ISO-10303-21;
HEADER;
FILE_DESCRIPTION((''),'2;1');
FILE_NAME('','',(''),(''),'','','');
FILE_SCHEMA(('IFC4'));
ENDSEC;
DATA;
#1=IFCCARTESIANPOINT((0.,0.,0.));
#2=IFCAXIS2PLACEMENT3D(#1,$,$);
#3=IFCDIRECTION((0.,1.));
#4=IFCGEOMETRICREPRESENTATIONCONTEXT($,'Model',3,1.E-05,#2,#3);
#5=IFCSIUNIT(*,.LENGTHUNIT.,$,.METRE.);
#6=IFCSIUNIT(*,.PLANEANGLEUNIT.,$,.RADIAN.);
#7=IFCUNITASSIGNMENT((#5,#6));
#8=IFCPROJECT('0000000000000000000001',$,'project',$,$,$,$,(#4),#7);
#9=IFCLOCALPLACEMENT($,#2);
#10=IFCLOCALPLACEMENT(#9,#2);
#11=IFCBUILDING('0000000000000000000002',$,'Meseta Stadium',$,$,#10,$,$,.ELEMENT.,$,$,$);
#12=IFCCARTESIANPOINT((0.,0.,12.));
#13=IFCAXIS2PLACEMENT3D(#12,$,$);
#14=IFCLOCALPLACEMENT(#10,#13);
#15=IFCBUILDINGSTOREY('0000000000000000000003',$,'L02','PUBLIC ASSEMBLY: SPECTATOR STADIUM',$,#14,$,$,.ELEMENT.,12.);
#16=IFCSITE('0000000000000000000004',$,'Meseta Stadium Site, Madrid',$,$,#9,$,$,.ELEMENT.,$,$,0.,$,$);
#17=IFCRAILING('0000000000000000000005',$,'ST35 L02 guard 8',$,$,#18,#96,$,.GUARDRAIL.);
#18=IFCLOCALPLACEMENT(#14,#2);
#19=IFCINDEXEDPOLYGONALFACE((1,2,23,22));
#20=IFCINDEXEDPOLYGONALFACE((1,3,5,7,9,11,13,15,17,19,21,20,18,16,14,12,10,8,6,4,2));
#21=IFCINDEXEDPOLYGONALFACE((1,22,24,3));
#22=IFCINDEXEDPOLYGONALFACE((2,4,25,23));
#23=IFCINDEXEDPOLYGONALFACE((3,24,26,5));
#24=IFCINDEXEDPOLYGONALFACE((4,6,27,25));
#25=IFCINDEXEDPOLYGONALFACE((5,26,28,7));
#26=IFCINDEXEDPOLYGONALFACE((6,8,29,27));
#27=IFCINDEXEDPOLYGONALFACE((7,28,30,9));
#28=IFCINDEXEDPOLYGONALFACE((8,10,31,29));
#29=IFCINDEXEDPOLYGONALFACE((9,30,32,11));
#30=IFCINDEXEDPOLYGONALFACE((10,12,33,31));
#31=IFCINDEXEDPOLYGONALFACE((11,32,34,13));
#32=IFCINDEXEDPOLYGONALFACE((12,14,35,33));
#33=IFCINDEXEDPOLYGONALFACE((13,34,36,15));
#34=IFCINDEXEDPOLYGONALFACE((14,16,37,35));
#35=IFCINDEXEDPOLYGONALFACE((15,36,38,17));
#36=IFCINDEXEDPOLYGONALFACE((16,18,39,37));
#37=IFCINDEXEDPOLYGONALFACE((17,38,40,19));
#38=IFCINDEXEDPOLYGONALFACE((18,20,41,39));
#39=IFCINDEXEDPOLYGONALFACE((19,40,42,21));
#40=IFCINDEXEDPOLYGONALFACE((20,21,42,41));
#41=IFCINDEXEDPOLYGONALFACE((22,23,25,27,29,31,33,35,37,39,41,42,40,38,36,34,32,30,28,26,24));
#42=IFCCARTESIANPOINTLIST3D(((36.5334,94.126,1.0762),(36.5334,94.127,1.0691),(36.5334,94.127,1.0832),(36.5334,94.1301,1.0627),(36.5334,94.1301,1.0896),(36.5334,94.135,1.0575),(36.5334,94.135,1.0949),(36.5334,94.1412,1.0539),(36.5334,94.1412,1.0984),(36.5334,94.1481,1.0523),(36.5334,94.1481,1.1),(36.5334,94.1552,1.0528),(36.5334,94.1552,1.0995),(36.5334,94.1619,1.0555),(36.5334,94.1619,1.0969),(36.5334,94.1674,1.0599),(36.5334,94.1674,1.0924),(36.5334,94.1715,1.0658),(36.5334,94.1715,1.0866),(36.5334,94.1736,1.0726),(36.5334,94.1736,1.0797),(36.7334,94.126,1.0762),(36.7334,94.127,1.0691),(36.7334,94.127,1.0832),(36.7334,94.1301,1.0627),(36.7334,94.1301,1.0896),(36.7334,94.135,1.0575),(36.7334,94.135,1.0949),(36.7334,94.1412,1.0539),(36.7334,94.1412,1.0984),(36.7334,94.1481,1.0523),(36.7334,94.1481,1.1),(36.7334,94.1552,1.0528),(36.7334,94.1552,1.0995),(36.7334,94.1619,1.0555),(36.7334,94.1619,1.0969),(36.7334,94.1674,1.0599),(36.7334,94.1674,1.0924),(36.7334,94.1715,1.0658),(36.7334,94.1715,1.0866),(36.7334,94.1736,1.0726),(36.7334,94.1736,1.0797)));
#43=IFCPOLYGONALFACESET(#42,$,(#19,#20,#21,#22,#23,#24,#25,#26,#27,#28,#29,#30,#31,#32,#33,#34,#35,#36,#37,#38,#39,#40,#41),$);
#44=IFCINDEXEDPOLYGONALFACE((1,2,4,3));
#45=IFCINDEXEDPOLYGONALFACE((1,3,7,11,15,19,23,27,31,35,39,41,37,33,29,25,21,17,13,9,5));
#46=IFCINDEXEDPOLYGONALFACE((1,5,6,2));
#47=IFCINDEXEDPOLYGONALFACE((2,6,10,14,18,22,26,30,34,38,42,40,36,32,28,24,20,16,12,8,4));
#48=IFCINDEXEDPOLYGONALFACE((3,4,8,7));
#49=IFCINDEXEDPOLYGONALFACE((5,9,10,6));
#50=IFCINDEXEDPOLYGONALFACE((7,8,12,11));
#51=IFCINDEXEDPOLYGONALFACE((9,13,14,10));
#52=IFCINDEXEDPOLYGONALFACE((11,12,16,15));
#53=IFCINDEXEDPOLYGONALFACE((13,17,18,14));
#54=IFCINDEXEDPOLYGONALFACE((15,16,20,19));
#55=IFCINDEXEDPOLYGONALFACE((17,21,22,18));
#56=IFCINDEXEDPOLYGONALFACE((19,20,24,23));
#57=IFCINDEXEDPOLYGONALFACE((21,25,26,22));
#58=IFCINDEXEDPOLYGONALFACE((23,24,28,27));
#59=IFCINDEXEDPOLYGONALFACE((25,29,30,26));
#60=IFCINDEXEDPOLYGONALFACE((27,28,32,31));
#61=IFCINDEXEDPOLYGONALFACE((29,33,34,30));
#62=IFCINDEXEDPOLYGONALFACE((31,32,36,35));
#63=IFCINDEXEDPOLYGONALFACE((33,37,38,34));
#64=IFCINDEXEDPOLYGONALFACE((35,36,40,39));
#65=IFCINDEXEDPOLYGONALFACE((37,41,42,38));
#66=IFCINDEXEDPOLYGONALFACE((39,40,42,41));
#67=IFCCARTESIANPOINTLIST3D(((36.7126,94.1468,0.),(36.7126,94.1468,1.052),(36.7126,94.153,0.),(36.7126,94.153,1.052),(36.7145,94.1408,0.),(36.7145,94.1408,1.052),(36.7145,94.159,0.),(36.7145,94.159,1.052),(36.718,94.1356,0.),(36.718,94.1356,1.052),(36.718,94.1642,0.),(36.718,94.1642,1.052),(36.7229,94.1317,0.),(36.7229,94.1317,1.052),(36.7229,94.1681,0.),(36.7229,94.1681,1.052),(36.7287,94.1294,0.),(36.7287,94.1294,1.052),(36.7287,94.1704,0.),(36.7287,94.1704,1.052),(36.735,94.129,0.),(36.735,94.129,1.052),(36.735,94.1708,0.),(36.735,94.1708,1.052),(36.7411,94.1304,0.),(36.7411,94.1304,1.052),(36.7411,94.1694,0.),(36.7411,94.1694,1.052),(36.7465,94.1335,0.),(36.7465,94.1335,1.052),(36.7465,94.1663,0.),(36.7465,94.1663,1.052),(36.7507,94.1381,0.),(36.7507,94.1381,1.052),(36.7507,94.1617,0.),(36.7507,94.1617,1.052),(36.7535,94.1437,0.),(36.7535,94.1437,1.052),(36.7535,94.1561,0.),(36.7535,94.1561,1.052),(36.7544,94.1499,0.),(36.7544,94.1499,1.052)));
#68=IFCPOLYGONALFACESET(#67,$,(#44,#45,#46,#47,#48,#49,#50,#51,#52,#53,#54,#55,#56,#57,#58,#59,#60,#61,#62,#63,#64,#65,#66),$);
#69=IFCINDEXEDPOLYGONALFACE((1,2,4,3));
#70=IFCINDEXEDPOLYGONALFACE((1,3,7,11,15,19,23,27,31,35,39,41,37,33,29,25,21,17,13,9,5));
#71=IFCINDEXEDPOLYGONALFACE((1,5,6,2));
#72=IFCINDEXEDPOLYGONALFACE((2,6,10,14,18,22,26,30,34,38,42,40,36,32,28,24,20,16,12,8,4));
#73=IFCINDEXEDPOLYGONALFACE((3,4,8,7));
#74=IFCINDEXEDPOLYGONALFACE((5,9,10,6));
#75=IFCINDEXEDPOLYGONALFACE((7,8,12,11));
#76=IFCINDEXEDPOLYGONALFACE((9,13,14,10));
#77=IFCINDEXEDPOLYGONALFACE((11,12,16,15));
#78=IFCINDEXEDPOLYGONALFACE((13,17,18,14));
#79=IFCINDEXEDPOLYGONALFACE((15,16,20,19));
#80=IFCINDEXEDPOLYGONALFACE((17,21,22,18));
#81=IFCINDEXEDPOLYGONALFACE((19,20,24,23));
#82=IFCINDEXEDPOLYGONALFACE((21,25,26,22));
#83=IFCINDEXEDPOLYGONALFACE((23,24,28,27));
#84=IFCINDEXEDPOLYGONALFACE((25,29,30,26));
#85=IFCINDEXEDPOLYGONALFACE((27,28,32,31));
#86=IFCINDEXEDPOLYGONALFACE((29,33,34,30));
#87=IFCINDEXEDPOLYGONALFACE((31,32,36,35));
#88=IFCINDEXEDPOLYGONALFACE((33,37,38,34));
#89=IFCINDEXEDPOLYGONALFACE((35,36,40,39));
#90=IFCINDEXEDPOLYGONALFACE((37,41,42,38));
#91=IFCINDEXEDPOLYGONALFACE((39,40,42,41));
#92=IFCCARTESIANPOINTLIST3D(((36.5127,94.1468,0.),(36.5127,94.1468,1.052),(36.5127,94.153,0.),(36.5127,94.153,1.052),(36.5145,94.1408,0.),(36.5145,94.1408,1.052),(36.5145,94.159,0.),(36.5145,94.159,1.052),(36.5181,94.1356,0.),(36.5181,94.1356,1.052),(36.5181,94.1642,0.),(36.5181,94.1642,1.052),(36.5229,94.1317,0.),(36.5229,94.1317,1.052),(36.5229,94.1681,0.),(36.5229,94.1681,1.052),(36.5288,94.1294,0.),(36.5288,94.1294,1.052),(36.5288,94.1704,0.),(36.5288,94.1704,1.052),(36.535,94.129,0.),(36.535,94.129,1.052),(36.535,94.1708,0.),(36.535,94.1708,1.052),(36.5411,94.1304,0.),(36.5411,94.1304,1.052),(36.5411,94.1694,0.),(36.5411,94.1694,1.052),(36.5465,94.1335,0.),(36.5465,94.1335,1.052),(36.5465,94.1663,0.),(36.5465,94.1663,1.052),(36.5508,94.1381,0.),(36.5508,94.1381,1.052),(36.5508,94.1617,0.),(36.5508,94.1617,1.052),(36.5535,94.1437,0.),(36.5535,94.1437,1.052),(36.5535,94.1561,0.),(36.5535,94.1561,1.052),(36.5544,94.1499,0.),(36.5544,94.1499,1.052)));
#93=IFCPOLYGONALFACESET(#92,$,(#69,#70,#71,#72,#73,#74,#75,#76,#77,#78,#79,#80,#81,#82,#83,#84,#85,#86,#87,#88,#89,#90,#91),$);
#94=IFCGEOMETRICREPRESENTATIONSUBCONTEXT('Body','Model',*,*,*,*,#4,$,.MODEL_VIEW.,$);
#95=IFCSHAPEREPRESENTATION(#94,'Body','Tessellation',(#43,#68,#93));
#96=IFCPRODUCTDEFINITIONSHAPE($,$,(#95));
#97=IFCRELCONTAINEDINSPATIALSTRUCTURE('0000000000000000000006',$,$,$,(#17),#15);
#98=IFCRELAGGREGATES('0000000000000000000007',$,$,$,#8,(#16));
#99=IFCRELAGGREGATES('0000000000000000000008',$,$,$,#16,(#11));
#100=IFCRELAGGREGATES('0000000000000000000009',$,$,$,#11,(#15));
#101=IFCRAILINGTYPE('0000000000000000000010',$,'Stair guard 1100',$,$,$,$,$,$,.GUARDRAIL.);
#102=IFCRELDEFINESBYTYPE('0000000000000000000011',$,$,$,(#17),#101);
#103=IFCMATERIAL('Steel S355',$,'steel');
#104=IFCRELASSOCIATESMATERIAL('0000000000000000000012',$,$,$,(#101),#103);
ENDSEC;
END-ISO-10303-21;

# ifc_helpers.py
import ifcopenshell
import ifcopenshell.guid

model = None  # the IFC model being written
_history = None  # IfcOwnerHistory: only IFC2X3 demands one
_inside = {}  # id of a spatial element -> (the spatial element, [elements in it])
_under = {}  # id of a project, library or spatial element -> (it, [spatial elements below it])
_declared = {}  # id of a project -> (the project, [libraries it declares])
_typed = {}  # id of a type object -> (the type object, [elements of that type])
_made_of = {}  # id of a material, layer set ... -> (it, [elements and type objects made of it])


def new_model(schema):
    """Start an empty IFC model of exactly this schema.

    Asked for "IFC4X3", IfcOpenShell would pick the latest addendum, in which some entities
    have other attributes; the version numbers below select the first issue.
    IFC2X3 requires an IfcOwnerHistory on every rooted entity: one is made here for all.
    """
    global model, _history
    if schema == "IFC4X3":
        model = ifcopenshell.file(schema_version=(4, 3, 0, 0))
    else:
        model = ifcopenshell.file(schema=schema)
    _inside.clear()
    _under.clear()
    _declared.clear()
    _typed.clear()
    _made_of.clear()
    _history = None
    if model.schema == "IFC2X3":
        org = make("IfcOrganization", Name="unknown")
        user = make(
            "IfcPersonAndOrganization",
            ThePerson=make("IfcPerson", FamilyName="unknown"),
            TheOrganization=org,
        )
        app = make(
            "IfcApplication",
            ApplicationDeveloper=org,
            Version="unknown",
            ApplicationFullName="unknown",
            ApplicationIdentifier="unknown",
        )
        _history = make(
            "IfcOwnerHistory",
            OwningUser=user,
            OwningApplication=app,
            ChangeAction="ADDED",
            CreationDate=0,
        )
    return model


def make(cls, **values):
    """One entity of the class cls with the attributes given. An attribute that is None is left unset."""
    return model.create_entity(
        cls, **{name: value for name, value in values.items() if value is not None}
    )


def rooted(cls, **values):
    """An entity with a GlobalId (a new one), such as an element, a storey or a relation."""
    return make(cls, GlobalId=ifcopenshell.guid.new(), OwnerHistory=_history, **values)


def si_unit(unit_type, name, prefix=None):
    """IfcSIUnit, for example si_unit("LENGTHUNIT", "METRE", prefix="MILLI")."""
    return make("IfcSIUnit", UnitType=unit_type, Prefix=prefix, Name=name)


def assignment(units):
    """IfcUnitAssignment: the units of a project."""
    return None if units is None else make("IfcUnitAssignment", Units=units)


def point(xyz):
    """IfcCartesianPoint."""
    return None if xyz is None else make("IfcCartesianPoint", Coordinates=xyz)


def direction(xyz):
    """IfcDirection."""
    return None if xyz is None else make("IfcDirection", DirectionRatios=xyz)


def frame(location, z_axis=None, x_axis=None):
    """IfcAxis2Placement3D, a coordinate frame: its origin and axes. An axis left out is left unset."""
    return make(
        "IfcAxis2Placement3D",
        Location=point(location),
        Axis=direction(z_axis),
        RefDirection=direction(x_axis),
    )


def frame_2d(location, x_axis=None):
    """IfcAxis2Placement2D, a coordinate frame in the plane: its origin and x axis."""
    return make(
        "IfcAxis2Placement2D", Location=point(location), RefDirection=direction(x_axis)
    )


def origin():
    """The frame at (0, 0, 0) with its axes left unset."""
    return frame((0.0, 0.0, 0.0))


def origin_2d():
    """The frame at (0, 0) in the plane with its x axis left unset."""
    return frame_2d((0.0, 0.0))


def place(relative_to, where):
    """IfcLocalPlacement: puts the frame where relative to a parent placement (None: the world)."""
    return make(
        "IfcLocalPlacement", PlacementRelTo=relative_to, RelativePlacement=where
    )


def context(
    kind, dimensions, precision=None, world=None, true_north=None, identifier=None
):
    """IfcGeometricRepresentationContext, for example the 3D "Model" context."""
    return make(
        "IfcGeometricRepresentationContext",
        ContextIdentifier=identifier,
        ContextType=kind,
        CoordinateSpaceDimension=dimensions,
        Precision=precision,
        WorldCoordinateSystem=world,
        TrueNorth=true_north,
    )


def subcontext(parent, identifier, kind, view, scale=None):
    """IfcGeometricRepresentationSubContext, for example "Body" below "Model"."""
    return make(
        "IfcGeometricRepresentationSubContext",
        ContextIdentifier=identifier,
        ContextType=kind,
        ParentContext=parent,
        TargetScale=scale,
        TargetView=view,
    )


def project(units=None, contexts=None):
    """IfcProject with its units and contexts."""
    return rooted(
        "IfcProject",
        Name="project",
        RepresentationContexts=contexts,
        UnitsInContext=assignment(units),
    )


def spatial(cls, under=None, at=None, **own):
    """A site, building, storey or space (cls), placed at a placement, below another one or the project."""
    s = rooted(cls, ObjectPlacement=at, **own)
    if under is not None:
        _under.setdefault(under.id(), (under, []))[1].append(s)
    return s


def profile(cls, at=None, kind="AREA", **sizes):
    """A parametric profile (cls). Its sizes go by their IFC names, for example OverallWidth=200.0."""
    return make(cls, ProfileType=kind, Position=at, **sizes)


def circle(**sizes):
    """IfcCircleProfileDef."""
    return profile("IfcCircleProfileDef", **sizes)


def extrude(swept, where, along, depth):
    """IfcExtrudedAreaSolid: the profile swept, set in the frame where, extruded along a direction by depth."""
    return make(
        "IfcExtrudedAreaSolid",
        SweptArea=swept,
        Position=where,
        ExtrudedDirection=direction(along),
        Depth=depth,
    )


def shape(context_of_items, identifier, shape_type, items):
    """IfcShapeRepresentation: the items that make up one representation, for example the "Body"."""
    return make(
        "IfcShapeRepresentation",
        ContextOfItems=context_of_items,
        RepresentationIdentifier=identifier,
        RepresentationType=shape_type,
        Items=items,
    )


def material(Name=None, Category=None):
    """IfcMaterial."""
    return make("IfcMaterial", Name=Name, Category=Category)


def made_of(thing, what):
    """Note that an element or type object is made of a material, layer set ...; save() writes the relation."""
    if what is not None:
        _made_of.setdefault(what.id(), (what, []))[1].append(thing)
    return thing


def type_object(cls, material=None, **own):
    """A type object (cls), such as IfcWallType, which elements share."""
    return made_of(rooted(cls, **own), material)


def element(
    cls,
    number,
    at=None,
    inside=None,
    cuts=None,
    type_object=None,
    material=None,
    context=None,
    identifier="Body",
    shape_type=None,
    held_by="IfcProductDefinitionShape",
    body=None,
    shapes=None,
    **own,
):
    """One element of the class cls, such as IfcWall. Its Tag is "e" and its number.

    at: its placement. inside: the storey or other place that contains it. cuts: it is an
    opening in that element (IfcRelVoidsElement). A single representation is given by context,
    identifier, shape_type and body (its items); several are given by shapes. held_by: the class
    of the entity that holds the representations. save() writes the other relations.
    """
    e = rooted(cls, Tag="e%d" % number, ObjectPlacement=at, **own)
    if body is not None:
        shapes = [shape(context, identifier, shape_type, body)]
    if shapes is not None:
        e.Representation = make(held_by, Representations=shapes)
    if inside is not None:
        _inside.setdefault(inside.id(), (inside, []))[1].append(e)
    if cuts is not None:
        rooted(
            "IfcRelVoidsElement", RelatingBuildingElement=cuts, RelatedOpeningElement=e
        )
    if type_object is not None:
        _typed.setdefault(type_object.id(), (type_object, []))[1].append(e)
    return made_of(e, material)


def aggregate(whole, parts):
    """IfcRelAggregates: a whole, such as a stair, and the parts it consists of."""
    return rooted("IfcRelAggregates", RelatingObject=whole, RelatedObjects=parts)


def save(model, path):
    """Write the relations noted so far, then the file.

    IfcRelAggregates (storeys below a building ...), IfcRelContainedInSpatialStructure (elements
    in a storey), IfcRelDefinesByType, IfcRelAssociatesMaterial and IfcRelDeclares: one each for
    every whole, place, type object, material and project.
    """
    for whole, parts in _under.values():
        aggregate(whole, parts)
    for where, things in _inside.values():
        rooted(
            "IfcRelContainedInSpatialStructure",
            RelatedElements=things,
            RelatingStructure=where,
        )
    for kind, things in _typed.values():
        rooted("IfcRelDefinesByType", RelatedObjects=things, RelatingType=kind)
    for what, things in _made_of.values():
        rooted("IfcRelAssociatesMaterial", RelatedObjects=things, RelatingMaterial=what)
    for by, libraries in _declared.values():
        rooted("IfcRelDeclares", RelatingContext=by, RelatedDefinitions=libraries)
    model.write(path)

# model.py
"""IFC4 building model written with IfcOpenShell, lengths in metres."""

from ifc_helpers import new_model, si_unit, direction, frame, origin, origin_2d, place, context, subcontext, project, spatial, circle, extrude, material, type_object, element, save


model = new_model("IFC4")

# Units and contexts
model_context = context("Model", 3, precision=1e-05, world=origin(), true_north=direction((0.0, 1.0)))
body_context = subcontext(model_context, "Body", "Model", "MODEL_VIEW")
ifc_project = project(units=[si_unit("LENGTHUNIT", "METRE"), si_unit("PLANEANGLEUNIT", "RADIAN")], contexts=[model_context])

# Site, building, storey
site_placement = place(None, origin())
site = spatial("IfcSite", under=ifc_project, at=site_placement, Name="Meseta Stadium Site, Madrid", CompositionType="ELEMENT", RefElevation=0.0)
building_placement = place(site_placement, origin())
building = spatial("IfcBuilding", under=site, at=building_placement, Name="Meseta Stadium", CompositionType="ELEMENT")
storey_placement = place(building_placement, frame((0.0, 0.0, 12.0)))
storey = spatial("IfcBuildingStorey", under=building, at=storey_placement, Name="L02", Description="PUBLIC ASSEMBLY: SPECTATOR STADIUM", CompositionType="ELEMENT", Elevation=12.0)

# Railing
ifc_material_1 = material(Name="Steel S355", Category="steel")
railing_type_1 = type_object("IfcRailingType", Name="Stair guard 1100", PredefinedType="GUARDRAIL", material=ifc_material_1)
railing_1_placement = place(storey_placement, frame((36.7334, 94.1499, 0.0)))
element("IfcRailing", 1, at=railing_1_placement, inside=storey, type_object=railing_type_1, Name="ST35 L02 guard 8", PredefinedType="GUARDRAIL", context=body_context, shape_type="SweptSolid", body=[
    extrude(circle(Radius=0.0239, at=origin_2d()), frame((0.0, 0.0, 1.0762), z_axis=(-1.0, 0.0, 0.0), x_axis=(0.0, -1.0, 0.0)), (0.0, 0.0, 1.0), 0.2),
    extrude(circle(Radius=0.021, at=origin_2d()), origin(), (0.0, 0.0, 1.0), 1.052),
    extrude(circle(Radius=0.021, at=origin_2d()), frame((-0.2, 0.0, 0.0)), (0.0, 0.0, 1.0), 1.052),
])

save(model, "model.ifc")
